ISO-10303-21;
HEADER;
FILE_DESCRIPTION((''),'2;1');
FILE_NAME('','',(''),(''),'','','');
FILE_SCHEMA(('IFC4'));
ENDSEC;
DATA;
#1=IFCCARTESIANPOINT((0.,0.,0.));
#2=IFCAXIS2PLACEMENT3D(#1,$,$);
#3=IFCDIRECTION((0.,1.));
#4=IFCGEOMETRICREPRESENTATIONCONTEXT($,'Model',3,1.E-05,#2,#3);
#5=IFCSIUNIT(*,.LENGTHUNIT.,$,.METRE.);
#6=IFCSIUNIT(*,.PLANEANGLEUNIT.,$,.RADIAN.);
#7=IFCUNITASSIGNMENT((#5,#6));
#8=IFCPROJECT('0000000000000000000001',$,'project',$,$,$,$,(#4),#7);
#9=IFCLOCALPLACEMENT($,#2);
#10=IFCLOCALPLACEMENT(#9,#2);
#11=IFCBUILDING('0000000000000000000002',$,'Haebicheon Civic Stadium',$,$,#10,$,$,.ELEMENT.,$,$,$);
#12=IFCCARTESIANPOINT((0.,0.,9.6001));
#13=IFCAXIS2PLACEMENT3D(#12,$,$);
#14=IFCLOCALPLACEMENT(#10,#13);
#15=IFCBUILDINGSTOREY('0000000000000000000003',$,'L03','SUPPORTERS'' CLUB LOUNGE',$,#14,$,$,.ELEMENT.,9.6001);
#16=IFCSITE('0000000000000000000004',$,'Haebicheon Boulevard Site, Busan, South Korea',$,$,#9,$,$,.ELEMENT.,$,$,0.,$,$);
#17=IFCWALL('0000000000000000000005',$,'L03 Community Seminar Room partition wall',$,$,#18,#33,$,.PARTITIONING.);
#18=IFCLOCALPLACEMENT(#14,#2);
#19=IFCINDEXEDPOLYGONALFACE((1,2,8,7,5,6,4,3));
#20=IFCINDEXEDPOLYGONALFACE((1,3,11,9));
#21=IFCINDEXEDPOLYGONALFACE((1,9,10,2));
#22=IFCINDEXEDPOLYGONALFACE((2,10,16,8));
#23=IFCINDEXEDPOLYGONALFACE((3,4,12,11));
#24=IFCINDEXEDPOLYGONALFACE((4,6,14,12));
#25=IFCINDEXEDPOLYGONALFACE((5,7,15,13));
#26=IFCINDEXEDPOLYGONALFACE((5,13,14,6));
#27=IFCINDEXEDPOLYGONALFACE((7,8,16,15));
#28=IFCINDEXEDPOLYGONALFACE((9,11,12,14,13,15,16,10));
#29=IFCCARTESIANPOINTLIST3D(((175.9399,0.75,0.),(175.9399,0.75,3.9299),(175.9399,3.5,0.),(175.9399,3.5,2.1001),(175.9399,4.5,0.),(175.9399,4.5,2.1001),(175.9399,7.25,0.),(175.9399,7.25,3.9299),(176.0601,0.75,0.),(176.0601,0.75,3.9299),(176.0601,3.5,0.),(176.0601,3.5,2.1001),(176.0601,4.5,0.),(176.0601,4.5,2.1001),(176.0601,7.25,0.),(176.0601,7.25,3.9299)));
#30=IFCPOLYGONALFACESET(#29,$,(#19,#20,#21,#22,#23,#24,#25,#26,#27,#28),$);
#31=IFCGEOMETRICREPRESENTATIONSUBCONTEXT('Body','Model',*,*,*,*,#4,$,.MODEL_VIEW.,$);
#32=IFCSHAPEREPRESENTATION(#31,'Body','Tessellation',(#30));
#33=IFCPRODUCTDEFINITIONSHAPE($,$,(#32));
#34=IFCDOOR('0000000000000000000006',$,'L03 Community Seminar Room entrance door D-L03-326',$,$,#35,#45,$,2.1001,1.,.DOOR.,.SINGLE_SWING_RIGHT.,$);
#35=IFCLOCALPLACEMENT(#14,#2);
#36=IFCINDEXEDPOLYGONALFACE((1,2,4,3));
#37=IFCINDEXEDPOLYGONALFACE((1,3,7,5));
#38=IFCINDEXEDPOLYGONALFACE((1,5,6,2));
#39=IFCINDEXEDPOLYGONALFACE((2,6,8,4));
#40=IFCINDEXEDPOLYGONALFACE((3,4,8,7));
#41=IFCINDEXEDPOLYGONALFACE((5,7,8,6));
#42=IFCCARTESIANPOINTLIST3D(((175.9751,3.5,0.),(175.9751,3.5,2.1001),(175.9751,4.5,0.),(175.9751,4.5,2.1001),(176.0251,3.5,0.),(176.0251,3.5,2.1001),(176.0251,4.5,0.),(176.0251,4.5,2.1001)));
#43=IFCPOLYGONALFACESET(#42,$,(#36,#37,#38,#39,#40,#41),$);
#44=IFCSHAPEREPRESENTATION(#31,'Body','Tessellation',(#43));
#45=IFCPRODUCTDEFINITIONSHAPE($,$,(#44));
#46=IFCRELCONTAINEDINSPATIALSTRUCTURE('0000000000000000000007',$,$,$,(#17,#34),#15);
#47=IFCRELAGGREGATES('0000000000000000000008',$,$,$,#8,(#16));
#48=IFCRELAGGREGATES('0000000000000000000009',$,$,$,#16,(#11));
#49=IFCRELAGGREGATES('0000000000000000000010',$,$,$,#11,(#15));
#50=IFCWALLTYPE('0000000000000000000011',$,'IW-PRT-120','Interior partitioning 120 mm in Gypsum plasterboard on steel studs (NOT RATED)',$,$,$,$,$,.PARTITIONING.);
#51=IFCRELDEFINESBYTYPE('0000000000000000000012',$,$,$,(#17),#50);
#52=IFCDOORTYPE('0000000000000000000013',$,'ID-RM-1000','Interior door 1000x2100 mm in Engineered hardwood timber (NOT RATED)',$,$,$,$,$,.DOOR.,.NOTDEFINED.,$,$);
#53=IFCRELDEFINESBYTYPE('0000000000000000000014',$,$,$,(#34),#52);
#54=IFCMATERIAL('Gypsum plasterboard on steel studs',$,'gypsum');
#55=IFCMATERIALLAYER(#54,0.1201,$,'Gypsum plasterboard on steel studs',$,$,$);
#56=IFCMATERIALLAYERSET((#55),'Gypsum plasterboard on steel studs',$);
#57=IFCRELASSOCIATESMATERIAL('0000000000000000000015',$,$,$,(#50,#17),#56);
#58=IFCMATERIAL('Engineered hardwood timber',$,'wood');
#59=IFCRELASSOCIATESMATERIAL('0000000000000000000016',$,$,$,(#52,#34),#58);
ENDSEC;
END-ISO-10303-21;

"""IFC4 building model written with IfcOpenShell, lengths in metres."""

from ifc_helpers import new_model, si_unit, direction, frame, frame_2d, origin, place, context, subcontext, project, spatial, rectangle, extrude, material, layer, layer_set, type_object, element, fill, save


model = new_model("IFC4")

# Units and contexts
model_context = context("Model", 3, precision=1e-05, world=origin(), true_north=direction((0.0, 1.0)))
body_context = subcontext(model_context, "Body", "Model", "MODEL_VIEW")
ifc_project = project(units=[si_unit("LENGTHUNIT", "METRE"), si_unit("PLANEANGLEUNIT", "RADIAN")], contexts=[model_context])

# Site, building, storey
site_placement = place(None, origin())
site = spatial("IfcSite", under=ifc_project, at=site_placement, Name="Haebicheon Boulevard Site, Busan, South Korea", CompositionType="ELEMENT", RefElevation=0.0)
building_placement = place(site_placement, origin())
building = spatial("IfcBuilding", under=site, at=building_placement, Name="Haebicheon Civic Stadium", CompositionType="ELEMENT")
storey_placement = place(building_placement, frame((0.0, 0.0, 9.6001)))
storey = spatial("IfcBuildingStorey", under=building, at=storey_placement, Name="L03", Description="SUPPORTERS' CLUB LOUNGE", CompositionType="ELEMENT", Elevation=9.6001)

# Wall, opening, door
ifc_material_1 = material(Name="Gypsum plasterboard on steel studs", Category="gypsum")
ifc_layer_1 = layer(ifc_material_1, 0.1201, Name="Gypsum plasterboard on steel studs")
ifc_layer_set_1 = layer_set([ifc_layer_1], Name="Gypsum plasterboard on steel studs")
wall_type_1 = type_object("IfcWallType", Name="IW-PRT-120", Description="Interior partitioning 120 mm in Gypsum plasterboard on steel studs (NOT RATED)", PredefinedType="PARTITIONING", material=ifc_layer_set_1)
wall_1_placement = place(storey_placement, frame((176.0, 0.75, 0.0), z_axis=(0.0, 0.0, 1.0), x_axis=(0.0, 1.0, 0.0)))
wall_1 = element("IfcWall", 1, at=wall_1_placement, inside=storey, type_object=wall_type_1, material=ifc_layer_set_1, Name="L03 Community Seminar Room partition wall", PredefinedType="PARTITIONING", context=body_context, shape_type="SweptSolid", body=[
    extrude(rectangle(XDim=6.5, YDim=0.1201, at=frame_2d((3.25, 0.0))), origin(), (0.0, 0.0, 1.0), 3.9299),
])
opening_1_placement = place(wall_1_placement, frame((2.75, 0.0, 0.0)))
opening_1 = element("IfcOpeningElement", 2, at=opening_1_placement, cuts=wall_1, PredefinedType="OPENING", context=body_context, shape_type="SweptSolid", body=[
    extrude(rectangle(XDim=1.0, YDim=2.1001, at=frame_2d((0.5, 1.05))), frame((0.0, 0.0701, 0.0), z_axis=(0.0, -1.0, 0.0), x_axis=(1.0, 0.0, 0.0)), (0.0, 0.0, 1.0), 0.1401),
])
ifc_material_2 = material(Name="Engineered hardwood timber", Category="wood")
door_type_1 = type_object("IfcDoorType", Name="ID-RM-1000", Description="Interior door 1000x2100 mm in Engineered hardwood timber (NOT RATED)", OperationType="NOTDEFINED", PredefinedType="DOOR", material=ifc_material_2)
door_1_placement = place(opening_1_placement, origin())
door_1 = element("IfcDoor", 3, at=door_1_placement, inside=storey, type_object=door_type_1, material=ifc_material_2, Name="L03 Community Seminar Room entrance door D-L03-326", OperationType="SINGLE_SWING_RIGHT", OverallHeight=2.1001, OverallWidth=1.0, PredefinedType="DOOR", context=body_context, shape_type="SweptSolid", body=[
    extrude(rectangle(XDim=1.0, YDim=2.1001, at=frame_2d((0.5, 1.05))), frame((0.0, 0.0249, 0.0), z_axis=(0.0, -1.0, 0.0), x_axis=(1.0, 0.0, 0.0)), (0.0, 0.0, 1.0), 0.05),
])
fill(opening_1, door_1)

save(model, "model.ifc")
